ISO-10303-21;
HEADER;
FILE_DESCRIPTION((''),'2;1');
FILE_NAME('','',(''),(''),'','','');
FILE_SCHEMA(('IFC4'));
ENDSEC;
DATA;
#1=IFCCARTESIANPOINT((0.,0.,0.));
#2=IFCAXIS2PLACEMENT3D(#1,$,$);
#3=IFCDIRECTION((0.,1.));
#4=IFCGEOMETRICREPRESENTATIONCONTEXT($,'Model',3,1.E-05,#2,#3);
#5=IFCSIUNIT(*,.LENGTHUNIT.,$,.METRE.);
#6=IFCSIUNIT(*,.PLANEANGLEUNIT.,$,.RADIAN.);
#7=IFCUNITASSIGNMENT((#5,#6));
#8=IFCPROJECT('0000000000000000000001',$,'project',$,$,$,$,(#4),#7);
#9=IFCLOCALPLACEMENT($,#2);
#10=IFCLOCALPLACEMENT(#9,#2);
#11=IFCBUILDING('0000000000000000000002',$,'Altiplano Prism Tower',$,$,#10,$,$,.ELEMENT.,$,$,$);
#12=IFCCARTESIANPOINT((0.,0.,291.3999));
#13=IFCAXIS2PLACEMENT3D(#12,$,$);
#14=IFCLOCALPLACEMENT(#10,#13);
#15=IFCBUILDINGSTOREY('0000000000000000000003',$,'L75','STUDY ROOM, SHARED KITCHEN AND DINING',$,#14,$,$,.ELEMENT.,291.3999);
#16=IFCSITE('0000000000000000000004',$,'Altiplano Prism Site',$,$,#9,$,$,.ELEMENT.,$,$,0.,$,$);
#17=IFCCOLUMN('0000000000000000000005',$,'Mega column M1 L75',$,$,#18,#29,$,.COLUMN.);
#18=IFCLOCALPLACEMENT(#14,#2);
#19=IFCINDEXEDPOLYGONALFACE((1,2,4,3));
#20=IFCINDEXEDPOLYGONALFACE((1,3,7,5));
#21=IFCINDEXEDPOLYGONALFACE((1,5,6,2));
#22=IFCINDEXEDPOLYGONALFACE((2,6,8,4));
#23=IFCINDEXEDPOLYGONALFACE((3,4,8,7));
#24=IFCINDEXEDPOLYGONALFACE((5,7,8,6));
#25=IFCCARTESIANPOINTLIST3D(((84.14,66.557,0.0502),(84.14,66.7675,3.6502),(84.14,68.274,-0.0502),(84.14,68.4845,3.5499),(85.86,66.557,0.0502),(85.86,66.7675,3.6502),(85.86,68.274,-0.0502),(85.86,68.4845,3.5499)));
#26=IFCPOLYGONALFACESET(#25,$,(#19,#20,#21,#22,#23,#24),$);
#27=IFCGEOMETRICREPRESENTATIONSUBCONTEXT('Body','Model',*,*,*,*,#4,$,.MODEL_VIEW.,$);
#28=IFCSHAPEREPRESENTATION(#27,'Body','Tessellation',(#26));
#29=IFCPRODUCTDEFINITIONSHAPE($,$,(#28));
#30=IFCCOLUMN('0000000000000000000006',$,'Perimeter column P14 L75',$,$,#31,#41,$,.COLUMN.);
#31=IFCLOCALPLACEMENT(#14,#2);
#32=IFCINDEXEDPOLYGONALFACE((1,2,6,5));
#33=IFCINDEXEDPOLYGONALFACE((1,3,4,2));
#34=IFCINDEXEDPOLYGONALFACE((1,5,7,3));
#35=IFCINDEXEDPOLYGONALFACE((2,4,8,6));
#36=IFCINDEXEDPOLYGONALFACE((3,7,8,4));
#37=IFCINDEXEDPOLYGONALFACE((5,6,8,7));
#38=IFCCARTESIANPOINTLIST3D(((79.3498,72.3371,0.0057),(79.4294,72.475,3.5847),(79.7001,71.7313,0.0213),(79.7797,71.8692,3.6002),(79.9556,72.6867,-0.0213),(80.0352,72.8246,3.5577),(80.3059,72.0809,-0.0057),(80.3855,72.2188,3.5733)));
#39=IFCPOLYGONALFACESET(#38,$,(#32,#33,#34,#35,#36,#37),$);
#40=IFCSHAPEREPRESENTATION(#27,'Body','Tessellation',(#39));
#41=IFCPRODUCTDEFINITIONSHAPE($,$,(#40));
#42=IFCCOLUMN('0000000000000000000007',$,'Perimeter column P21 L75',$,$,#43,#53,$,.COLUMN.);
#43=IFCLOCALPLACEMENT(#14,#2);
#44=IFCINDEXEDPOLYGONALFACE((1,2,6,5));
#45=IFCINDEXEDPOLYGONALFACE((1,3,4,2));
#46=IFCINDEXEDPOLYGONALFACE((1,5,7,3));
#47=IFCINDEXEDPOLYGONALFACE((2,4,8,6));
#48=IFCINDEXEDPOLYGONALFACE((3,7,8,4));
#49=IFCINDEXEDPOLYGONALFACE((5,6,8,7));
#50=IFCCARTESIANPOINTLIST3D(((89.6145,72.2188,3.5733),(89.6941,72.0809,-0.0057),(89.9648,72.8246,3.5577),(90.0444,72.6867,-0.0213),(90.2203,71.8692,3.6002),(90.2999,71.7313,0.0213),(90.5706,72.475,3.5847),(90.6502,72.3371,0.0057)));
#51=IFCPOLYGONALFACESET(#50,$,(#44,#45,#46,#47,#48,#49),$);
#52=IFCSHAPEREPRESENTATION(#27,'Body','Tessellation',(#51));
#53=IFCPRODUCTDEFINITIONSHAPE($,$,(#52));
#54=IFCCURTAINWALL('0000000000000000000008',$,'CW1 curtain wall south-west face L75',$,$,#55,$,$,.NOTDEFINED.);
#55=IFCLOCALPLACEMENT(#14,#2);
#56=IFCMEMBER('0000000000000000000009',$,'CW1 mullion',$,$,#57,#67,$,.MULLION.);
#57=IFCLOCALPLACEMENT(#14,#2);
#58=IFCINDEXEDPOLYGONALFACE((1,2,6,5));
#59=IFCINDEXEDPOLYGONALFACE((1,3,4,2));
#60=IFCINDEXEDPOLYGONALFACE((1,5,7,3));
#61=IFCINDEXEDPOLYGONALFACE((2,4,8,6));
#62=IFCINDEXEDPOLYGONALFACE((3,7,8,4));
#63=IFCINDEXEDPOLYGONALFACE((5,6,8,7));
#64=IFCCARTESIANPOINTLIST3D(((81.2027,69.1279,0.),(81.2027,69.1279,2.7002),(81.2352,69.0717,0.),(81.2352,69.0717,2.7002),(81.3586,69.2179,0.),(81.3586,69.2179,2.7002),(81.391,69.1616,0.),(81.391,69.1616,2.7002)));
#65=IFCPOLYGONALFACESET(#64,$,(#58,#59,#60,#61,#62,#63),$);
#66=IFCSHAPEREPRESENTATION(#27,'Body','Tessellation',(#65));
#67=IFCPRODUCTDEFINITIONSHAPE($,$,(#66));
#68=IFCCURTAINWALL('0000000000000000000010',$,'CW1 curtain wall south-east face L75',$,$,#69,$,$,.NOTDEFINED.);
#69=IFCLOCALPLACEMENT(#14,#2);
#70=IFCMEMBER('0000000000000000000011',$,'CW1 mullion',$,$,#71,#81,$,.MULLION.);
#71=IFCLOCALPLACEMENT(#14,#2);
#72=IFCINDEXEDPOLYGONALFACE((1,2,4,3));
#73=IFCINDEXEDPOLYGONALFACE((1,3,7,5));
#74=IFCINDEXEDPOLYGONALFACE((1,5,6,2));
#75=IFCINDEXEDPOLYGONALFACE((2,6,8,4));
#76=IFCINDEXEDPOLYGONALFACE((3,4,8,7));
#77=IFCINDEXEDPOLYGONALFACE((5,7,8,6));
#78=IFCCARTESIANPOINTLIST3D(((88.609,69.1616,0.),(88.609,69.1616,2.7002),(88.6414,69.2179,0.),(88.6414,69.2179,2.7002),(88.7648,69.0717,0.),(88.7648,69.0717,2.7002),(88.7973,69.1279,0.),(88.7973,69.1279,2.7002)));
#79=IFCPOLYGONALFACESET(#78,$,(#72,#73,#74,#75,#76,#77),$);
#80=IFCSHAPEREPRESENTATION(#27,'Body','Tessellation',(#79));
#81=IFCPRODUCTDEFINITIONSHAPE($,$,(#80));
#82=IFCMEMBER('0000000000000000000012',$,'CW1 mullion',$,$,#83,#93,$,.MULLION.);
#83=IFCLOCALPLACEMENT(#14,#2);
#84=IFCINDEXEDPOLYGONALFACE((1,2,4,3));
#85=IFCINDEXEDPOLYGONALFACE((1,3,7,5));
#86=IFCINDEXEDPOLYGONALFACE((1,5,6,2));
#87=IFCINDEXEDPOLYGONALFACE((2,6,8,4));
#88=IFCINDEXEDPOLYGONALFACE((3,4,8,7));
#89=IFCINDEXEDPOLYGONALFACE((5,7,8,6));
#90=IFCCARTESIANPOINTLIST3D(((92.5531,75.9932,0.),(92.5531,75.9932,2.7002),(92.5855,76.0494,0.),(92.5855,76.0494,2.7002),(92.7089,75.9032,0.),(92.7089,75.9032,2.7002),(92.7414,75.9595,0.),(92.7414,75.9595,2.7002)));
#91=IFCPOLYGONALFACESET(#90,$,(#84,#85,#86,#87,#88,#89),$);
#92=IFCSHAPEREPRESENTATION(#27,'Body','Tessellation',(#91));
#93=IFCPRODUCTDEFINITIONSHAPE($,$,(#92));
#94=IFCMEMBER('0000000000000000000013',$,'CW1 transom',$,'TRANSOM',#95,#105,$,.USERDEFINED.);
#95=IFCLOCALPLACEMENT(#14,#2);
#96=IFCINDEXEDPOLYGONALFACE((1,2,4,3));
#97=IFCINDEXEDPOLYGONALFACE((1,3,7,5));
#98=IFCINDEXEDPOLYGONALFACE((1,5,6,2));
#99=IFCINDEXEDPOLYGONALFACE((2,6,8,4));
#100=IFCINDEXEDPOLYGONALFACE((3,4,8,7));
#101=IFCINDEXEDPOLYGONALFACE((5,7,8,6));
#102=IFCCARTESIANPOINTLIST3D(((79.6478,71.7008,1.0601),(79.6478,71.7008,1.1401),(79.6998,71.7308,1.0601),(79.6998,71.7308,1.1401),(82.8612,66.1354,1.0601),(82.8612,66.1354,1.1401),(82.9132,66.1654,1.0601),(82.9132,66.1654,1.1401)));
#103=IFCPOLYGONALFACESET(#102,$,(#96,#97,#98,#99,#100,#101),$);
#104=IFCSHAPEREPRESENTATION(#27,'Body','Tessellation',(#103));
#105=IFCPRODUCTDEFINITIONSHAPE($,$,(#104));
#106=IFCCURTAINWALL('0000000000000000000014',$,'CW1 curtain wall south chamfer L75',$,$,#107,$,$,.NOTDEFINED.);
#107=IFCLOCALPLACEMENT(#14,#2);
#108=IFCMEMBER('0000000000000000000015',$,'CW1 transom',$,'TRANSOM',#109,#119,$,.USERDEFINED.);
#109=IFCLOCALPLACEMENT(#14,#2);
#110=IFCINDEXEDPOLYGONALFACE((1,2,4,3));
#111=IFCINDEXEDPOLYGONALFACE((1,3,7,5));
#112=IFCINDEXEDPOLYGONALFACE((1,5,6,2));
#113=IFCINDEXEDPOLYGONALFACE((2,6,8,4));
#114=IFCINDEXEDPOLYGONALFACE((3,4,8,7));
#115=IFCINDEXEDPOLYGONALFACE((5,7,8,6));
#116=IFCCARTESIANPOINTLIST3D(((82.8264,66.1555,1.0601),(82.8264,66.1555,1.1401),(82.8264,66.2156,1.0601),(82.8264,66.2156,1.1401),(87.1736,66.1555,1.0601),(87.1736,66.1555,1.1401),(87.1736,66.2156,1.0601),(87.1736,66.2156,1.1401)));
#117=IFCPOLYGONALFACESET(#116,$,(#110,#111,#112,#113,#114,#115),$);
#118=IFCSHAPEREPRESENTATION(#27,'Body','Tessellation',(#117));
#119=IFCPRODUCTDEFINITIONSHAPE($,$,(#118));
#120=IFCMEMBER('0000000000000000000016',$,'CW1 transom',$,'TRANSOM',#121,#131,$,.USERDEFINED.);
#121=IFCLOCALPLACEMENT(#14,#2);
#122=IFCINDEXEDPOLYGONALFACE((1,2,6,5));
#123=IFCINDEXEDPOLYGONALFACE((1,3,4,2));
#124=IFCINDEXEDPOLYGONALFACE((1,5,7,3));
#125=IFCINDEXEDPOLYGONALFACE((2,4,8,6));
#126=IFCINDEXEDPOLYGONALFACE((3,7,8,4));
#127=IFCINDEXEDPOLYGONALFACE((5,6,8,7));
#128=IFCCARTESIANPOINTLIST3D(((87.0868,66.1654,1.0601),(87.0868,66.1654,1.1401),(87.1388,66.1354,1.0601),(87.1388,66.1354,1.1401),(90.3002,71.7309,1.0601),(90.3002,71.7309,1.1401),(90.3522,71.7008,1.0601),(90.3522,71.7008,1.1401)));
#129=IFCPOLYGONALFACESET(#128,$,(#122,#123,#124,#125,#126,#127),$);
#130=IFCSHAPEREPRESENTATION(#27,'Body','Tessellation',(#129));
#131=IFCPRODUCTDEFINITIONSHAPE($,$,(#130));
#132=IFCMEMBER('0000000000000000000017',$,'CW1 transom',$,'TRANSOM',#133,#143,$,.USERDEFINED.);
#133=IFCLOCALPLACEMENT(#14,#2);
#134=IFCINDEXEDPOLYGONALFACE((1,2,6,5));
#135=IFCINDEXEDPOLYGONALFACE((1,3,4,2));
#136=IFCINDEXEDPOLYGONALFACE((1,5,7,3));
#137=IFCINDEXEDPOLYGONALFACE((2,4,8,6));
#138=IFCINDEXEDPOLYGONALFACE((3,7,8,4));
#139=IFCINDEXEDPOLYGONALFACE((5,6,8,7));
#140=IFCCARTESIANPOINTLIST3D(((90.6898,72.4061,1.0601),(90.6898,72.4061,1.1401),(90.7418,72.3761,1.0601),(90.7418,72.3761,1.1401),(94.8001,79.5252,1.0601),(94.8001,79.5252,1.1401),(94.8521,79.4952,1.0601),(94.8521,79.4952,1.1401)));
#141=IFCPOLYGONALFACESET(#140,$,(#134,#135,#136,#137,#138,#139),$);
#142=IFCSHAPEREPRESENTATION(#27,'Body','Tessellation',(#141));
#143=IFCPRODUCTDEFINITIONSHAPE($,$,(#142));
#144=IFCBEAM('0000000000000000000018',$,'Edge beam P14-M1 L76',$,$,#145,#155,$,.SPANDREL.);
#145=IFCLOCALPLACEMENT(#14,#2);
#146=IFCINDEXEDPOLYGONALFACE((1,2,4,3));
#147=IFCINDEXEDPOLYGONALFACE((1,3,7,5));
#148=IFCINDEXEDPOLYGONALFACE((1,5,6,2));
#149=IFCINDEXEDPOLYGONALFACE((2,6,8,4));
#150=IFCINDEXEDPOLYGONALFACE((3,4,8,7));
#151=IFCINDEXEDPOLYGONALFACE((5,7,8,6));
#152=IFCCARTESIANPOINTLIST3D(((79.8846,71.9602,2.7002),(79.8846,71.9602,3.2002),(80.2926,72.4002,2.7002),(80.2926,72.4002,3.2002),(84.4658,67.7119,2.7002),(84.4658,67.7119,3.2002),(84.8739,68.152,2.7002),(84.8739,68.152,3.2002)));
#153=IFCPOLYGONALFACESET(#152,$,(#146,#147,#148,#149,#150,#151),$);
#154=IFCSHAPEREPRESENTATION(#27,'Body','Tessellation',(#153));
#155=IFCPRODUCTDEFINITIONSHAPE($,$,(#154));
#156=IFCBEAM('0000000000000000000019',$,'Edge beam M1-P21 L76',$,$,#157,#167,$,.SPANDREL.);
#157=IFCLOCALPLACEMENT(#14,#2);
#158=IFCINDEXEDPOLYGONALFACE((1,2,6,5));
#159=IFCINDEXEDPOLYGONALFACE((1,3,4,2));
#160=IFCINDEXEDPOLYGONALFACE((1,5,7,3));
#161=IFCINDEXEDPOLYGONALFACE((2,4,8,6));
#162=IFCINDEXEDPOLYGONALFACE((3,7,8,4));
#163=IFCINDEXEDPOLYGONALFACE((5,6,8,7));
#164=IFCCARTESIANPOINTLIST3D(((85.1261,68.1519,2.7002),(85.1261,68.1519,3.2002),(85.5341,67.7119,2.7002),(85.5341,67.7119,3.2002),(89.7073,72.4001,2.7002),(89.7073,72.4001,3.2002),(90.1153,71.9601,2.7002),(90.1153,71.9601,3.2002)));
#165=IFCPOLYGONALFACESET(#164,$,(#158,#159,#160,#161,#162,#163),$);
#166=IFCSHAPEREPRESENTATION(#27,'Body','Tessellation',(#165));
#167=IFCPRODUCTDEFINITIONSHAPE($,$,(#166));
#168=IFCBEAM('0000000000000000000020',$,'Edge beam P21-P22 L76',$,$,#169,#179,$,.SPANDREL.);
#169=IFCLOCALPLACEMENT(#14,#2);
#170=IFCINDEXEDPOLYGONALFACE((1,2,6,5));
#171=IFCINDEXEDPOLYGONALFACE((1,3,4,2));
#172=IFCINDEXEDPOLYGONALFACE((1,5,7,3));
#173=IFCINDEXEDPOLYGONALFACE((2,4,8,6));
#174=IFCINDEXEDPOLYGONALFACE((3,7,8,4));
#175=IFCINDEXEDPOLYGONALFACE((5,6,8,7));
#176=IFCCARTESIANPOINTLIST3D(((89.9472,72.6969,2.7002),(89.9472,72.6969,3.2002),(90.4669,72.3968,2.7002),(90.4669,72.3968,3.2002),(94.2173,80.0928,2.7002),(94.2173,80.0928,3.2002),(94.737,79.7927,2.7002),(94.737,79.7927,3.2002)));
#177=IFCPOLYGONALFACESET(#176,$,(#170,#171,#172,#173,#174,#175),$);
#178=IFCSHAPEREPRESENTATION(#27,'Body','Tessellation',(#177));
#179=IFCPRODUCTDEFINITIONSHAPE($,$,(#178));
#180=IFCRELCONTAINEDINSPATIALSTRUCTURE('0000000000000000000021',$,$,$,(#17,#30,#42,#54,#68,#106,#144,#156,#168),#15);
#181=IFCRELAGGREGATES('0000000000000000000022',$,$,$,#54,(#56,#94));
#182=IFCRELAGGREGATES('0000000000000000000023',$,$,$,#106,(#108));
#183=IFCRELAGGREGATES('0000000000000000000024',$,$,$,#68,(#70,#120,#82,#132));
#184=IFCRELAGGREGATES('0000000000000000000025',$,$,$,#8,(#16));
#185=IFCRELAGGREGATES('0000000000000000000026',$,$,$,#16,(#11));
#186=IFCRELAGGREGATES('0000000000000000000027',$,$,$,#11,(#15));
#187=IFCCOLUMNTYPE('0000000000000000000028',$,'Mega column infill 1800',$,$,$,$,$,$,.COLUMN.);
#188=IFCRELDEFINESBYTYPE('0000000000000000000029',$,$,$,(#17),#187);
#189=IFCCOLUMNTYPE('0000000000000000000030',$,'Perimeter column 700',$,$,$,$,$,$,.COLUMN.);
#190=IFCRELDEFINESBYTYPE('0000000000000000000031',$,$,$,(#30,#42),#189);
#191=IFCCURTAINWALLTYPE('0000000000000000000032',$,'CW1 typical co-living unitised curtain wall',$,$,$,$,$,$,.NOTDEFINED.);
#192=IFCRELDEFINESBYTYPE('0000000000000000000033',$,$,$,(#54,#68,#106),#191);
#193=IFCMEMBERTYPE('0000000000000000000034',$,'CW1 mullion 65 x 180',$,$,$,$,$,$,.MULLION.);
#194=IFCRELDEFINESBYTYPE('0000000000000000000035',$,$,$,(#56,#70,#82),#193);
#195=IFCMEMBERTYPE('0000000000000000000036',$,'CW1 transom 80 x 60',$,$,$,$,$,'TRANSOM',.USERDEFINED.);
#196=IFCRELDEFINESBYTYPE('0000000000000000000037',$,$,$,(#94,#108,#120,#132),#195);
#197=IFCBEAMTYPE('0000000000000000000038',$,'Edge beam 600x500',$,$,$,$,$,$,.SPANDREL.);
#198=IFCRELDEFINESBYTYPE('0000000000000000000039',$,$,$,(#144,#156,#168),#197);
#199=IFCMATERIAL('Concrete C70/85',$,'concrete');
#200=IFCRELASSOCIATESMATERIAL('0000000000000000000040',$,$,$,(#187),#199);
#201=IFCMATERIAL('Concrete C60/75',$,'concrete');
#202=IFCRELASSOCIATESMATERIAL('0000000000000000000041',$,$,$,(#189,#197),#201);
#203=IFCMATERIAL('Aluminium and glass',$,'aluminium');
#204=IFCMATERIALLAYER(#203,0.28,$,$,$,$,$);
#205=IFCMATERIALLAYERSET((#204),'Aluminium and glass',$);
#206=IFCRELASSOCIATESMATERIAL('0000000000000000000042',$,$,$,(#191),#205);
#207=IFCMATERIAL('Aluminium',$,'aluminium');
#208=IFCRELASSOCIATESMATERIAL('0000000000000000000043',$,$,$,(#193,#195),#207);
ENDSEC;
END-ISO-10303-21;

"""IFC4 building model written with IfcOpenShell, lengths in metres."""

from ifc_helpers import new_model, si_unit, direction, frame, origin, origin_2d, place, context, subcontext, project, spatial, rectangle, extrude, material, layer, layer_set, material_profile, profile_set, type_object, element, aggregate, save


model = new_model("IFC4")

# Units and contexts
model_context = context("Model", 3, precision=1e-05, world=origin(), true_north=direction((0.0, 1.0)))
body_context = subcontext(model_context, "Body", "Model", "MODEL_VIEW")
ifc_project = project(units=[si_unit("LENGTHUNIT", "METRE"), si_unit("PLANEANGLEUNIT", "RADIAN")], contexts=[model_context])

# Site, building, storey
site_placement = place(None, origin())
site = spatial("IfcSite", under=ifc_project, at=site_placement, Name="Altiplano Prism Site", CompositionType="ELEMENT", RefElevation=0.0)
building_placement = place(site_placement, origin())
building = spatial("IfcBuilding", under=site, at=building_placement, Name="Altiplano Prism Tower", CompositionType="ELEMENT")
storey_placement = place(building_placement, frame((0.0, 0.0, 291.3999)))
storey = spatial("IfcBuildingStorey", under=building, at=storey_placement, Name="L75", Description="STUDY ROOM, SHARED KITCHEN AND DINING", CompositionType="ELEMENT", Elevation=291.3999)

# Columns
ifc_material_1 = material(Name="Concrete C70/85", Category="concrete")
ifc_material_profile_1 = material_profile(ifc_material_1, rectangle(XDim=1.72, YDim=1.72, at=origin_2d()), Name="Mega column infill 1800")
ifc_profile_set_1 = profile_set([ifc_material_profile_1], Name="Concrete C70/85")
column_type_1 = type_object("IfcColumnType", Name="Mega column infill 1800", PredefinedType="COLUMN", material=ifc_profile_set_1)
column_placement = place(storey_placement, frame((85.0, 67.4155, 0.0), z_axis=(0.0, 0.058357, 0.998296), x_axis=(-1.0, 0.0, 0.0)))
element("IfcColumn", 1, at=column_placement, inside=storey, type_object=column_type_1, Name="Mega column M1 L75", PredefinedType="COLUMN", context=body_context, shape_type="SweptSolid", body=[
    extrude(rectangle(XDim=1.72, YDim=1.72, at=origin_2d()), origin(), (0.0, 0.0, 1.0), 3.6062),
])
ifc_material_2 = material(Name="Concrete C60/75", Category="concrete")
ifc_material_profile_2 = material_profile(ifc_material_2, rectangle(XDim=0.7, YDim=0.7, at=origin_2d()), Name="Perimeter column 700")
ifc_profile_set_2 = profile_set([ifc_material_profile_2], Name="Concrete C60/75")
column_type_2 = type_object("IfcColumnType", Name="Perimeter column 700", PredefinedType="COLUMN", material=ifc_profile_set_2)
for number, where, z_axis, x_axis, name in (
    (2, (79.8279, 72.209, 0.0), (0.022217, 0.038505, 0.999011), (-0.865463, -0.499491, 0.038499), "Perimeter column P14 L75"),
    (3, (90.1721, 72.209, 0.0), (-0.022217, 0.038505, 0.999011), (-0.50048, -0.865463, 0.022227), "Perimeter column P21 L75"),
):
    element("IfcColumn", number, at=place(storey_placement, frame(where, z_axis=z_axis, x_axis=x_axis)), inside=storey, type_object=column_type_2, Name=name, PredefinedType="COLUMN", context=body_context, shape_type="SweptSolid", body=[
        extrude(rectangle(XDim=0.7, YDim=0.7, at=origin_2d()), origin(), (0.0, 0.0, 1.0), 3.5825),
    ])

# Curtain wall, member
ifc_material_3 = material(Name="Aluminium and glass", Category="aluminium")
ifc_layer_1 = layer(ifc_material_3, 0.28)
ifc_layer_set_1 = layer_set([ifc_layer_1], Name="Aluminium and glass")
curtain_wall_type = type_object("IfcCurtainWallType", Name="CW1 typical co-living unitised curtain wall", PredefinedType="NOTDEFINED", material=ifc_layer_set_1)
curtain_wall_1_placement = place(storey_placement, origin())
curtain_wall_1 = element("IfcCurtainWall", 4, at=curtain_wall_1_placement, inside=storey, type_object=curtain_wall_type, Name="CW1 curtain wall south-west face L75", PredefinedType="NOTDEFINED")
ifc_material_4 = material(Name="Aluminium", Category="aluminium")
ifc_material_profile_3 = material_profile(ifc_material_4, rectangle(XDim=0.1799, YDim=0.0649, at=origin_2d()), Name="CW1 mullion 65 x 180")
ifc_profile_set_3 = profile_set([ifc_material_profile_3], Name="Aluminium")
member_type_1 = type_object("IfcMemberType", Name="CW1 mullion 65 x 180", PredefinedType="MULLION", material=ifc_profile_set_3)
member_1_placement = place(storey_placement, frame((81.2969, 69.1448, 0.0), z_axis=(0.0, 0.0, 1.0), x_axis=(0.866025, 0.5, 0.0)))
member_1 = element("IfcMember", 5, at=member_1_placement, type_object=member_type_1, Name="CW1 mullion", PredefinedType="MULLION", context=body_context, shape_type="SweptSolid", body=[
    extrude(rectangle(XDim=0.1799, YDim=0.0649, at=origin_2d()), origin(), (0.0, 0.0, 1.0), 2.7002),
])

# Curtain wall, members
curtain_wall_2_placement = place(storey_placement, origin())
curtain_wall_2 = element("IfcCurtainWall", 6, at=curtain_wall_2_placement, inside=storey, type_object=curtain_wall_type, Name="CW1 curtain wall south-east face L75", PredefinedType="NOTDEFINED")
member_2_placement = place(storey_placement, frame((88.7031, 69.1448, 0.0), z_axis=(0.0, 0.0, 1.0), x_axis=(-0.866025, 0.5, 0.0)))
member_2 = element("IfcMember", 7, at=member_2_placement, type_object=member_type_1, Name="CW1 mullion", PredefinedType="MULLION", context=body_context, shape_type="SweptSolid", body=[
    extrude(rectangle(XDim=0.1799, YDim=0.0649, at=origin_2d()), origin(), (0.0, 0.0, 1.0), 2.7002),
])
member_3_placement = place(storey_placement, frame((92.6472, 75.9763, 0.0), z_axis=(0.0, 0.0, 1.0), x_axis=(-0.866025, 0.5, 0.0)))
member_3 = element("IfcMember", 8, at=member_3_placement, type_object=member_type_1, Name="CW1 mullion", PredefinedType="MULLION", context=body_context, shape_type="SweptSolid", body=[
    extrude(rectangle(XDim=0.1799, YDim=0.0649, at=origin_2d()), origin(), (0.0, 0.0, 1.0), 2.7002),
])

# Member
ifc_material_profile_4 = material_profile(ifc_material_4, rectangle(XDim=0.0601, YDim=0.0801, at=origin_2d()), Name="CW1 transom 80 x 60")
ifc_profile_set_4 = profile_set([ifc_material_profile_4], Name="Aluminium")
member_type_2 = type_object("IfcMemberType", Name="CW1 transom 80 x 60", ElementType="TRANSOM", PredefinedType="USERDEFINED", material=ifc_profile_set_4)
member_4_placement = place(storey_placement, frame((79.6738, 71.7158, 1.1001), z_axis=(0.500021, -0.866014, 0.0), x_axis=(0.866014, 0.500021, 0.0)))
member_4 = element("IfcMember", 9, at=member_4_placement, type_object=member_type_2, Name="CW1 transom", ObjectType="TRANSOM", PredefinedType="USERDEFINED", context=body_context, shape_type="SweptSolid", body=[
    extrude(rectangle(XDim=0.0601, YDim=0.0801, at=origin_2d()), origin(), (0.0, 0.0, 1.0), 6.4265),
])

# Curtain wall, member
curtain_wall_3_placement = place(storey_placement, origin())
curtain_wall_3 = element("IfcCurtainWall", 10, at=curtain_wall_3_placement, inside=storey, type_object=curtain_wall_type, Name="CW1 curtain wall south chamfer L75", PredefinedType="NOTDEFINED")
member_5_placement = place(storey_placement, frame((82.8264, 66.1855, 1.1001), z_axis=(1.0, 0.0, 0.0), x_axis=(0.0, 1.0, 0.0)))
member_5 = element("IfcMember", 11, at=member_5_placement, type_object=member_type_2, Name="CW1 transom", ObjectType="TRANSOM", PredefinedType="USERDEFINED", context=body_context, shape_type="SweptSolid", body=[
    extrude(rectangle(XDim=0.0601, YDim=0.0801, at=origin_2d()), origin(), (0.0, 0.0, 1.0), 4.3472),
])

# Members
member_6_placement = place(storey_placement, frame((87.1128, 66.1504, 1.1001), z_axis=(0.500021, 0.866014, 0.0), x_axis=(-0.866014, 0.500021, 0.0)))
member_6 = element("IfcMember", 12, at=member_6_placement, type_object=member_type_2, Name="CW1 transom", ObjectType="TRANSOM", PredefinedType="USERDEFINED", context=body_context, shape_type="SweptSolid", body=[
    extrude(rectangle(XDim=0.0601, YDim=0.0801, at=origin_2d()), origin(), (0.0, 0.0, 1.0), 6.4265),
])
member_7_placement = place(storey_placement, frame((90.7158, 72.3911, 1.1001), z_axis=(0.50001, 0.866019, 0.0), x_axis=(-0.866019, 0.50001, 0.0)))
member_7 = element("IfcMember", 13, at=member_7_placement, type_object=member_type_2, Name="CW1 transom", ObjectType="TRANSOM", PredefinedType="USERDEFINED", context=body_context, shape_type="SweptSolid", body=[
    extrude(rectangle(XDim=0.0601, YDim=0.0801, at=origin_2d()), origin(), (0.0, 0.0, 1.0), 8.2205),
])

# Beams
ifc_material_profile_5 = material_profile(ifc_material_2, rectangle(XDim=0.6001, YDim=0.5, at=origin_2d()), Name="Edge beam 600x500")
ifc_profile_set_5 = profile_set([ifc_material_profile_5], Name="Concrete C60/75")
beam_type = type_object("IfcBeamType", Name="Edge beam 600x500", PredefinedType="SPANDREL", material=ifc_profile_set_5)
for number, where, z_axis, x_axis, name in (
    (14, (80.0886, 72.1802, 2.9502), (0.733254, -0.679955, 0.0), (0.679955, 0.733254, 0.0), "Edge beam P14-M1 L76"),
    (15, (85.3301, 67.9319, 2.9502), (0.733254, 0.679955, 0.0), (-0.679955, 0.733254, 0.0), "Edge beam M1-P21 L76"),
):
    element("IfcBeam", number, at=place(storey_placement, frame(where, z_axis=z_axis, x_axis=x_axis)), inside=storey, type_object=beam_type, Name=name, PredefinedType="SPANDREL", context=body_context, shape_type="SweptSolid", body=[
        extrude(rectangle(XDim=0.6001, YDim=0.5, at=origin_2d()), origin(), (0.0, 0.0, 1.0), 6.2478),
    ])
beam_placement = place(storey_placement, frame((90.207, 72.5469, 2.9502), z_axis=(0.500007, 0.866021, 0.0), x_axis=(-0.866021, 0.500007, 0.0)))
element("IfcBeam", 16, at=beam_placement, inside=storey, type_object=beam_type, Name="Edge beam P21-P22 L76", PredefinedType="SPANDREL", context=body_context, shape_type="SweptSolid", body=[
    extrude(rectangle(XDim=0.6001, YDim=0.5, at=origin_2d()), origin(), (0.0, 0.0, 1.0), 8.54),
])

aggregate(curtain_wall_1, [member_1, member_4])
aggregate(curtain_wall_3, [member_5])
aggregate(curtain_wall_2, [member_2, member_6, member_3, member_7])

save(model, "model.ifc")
